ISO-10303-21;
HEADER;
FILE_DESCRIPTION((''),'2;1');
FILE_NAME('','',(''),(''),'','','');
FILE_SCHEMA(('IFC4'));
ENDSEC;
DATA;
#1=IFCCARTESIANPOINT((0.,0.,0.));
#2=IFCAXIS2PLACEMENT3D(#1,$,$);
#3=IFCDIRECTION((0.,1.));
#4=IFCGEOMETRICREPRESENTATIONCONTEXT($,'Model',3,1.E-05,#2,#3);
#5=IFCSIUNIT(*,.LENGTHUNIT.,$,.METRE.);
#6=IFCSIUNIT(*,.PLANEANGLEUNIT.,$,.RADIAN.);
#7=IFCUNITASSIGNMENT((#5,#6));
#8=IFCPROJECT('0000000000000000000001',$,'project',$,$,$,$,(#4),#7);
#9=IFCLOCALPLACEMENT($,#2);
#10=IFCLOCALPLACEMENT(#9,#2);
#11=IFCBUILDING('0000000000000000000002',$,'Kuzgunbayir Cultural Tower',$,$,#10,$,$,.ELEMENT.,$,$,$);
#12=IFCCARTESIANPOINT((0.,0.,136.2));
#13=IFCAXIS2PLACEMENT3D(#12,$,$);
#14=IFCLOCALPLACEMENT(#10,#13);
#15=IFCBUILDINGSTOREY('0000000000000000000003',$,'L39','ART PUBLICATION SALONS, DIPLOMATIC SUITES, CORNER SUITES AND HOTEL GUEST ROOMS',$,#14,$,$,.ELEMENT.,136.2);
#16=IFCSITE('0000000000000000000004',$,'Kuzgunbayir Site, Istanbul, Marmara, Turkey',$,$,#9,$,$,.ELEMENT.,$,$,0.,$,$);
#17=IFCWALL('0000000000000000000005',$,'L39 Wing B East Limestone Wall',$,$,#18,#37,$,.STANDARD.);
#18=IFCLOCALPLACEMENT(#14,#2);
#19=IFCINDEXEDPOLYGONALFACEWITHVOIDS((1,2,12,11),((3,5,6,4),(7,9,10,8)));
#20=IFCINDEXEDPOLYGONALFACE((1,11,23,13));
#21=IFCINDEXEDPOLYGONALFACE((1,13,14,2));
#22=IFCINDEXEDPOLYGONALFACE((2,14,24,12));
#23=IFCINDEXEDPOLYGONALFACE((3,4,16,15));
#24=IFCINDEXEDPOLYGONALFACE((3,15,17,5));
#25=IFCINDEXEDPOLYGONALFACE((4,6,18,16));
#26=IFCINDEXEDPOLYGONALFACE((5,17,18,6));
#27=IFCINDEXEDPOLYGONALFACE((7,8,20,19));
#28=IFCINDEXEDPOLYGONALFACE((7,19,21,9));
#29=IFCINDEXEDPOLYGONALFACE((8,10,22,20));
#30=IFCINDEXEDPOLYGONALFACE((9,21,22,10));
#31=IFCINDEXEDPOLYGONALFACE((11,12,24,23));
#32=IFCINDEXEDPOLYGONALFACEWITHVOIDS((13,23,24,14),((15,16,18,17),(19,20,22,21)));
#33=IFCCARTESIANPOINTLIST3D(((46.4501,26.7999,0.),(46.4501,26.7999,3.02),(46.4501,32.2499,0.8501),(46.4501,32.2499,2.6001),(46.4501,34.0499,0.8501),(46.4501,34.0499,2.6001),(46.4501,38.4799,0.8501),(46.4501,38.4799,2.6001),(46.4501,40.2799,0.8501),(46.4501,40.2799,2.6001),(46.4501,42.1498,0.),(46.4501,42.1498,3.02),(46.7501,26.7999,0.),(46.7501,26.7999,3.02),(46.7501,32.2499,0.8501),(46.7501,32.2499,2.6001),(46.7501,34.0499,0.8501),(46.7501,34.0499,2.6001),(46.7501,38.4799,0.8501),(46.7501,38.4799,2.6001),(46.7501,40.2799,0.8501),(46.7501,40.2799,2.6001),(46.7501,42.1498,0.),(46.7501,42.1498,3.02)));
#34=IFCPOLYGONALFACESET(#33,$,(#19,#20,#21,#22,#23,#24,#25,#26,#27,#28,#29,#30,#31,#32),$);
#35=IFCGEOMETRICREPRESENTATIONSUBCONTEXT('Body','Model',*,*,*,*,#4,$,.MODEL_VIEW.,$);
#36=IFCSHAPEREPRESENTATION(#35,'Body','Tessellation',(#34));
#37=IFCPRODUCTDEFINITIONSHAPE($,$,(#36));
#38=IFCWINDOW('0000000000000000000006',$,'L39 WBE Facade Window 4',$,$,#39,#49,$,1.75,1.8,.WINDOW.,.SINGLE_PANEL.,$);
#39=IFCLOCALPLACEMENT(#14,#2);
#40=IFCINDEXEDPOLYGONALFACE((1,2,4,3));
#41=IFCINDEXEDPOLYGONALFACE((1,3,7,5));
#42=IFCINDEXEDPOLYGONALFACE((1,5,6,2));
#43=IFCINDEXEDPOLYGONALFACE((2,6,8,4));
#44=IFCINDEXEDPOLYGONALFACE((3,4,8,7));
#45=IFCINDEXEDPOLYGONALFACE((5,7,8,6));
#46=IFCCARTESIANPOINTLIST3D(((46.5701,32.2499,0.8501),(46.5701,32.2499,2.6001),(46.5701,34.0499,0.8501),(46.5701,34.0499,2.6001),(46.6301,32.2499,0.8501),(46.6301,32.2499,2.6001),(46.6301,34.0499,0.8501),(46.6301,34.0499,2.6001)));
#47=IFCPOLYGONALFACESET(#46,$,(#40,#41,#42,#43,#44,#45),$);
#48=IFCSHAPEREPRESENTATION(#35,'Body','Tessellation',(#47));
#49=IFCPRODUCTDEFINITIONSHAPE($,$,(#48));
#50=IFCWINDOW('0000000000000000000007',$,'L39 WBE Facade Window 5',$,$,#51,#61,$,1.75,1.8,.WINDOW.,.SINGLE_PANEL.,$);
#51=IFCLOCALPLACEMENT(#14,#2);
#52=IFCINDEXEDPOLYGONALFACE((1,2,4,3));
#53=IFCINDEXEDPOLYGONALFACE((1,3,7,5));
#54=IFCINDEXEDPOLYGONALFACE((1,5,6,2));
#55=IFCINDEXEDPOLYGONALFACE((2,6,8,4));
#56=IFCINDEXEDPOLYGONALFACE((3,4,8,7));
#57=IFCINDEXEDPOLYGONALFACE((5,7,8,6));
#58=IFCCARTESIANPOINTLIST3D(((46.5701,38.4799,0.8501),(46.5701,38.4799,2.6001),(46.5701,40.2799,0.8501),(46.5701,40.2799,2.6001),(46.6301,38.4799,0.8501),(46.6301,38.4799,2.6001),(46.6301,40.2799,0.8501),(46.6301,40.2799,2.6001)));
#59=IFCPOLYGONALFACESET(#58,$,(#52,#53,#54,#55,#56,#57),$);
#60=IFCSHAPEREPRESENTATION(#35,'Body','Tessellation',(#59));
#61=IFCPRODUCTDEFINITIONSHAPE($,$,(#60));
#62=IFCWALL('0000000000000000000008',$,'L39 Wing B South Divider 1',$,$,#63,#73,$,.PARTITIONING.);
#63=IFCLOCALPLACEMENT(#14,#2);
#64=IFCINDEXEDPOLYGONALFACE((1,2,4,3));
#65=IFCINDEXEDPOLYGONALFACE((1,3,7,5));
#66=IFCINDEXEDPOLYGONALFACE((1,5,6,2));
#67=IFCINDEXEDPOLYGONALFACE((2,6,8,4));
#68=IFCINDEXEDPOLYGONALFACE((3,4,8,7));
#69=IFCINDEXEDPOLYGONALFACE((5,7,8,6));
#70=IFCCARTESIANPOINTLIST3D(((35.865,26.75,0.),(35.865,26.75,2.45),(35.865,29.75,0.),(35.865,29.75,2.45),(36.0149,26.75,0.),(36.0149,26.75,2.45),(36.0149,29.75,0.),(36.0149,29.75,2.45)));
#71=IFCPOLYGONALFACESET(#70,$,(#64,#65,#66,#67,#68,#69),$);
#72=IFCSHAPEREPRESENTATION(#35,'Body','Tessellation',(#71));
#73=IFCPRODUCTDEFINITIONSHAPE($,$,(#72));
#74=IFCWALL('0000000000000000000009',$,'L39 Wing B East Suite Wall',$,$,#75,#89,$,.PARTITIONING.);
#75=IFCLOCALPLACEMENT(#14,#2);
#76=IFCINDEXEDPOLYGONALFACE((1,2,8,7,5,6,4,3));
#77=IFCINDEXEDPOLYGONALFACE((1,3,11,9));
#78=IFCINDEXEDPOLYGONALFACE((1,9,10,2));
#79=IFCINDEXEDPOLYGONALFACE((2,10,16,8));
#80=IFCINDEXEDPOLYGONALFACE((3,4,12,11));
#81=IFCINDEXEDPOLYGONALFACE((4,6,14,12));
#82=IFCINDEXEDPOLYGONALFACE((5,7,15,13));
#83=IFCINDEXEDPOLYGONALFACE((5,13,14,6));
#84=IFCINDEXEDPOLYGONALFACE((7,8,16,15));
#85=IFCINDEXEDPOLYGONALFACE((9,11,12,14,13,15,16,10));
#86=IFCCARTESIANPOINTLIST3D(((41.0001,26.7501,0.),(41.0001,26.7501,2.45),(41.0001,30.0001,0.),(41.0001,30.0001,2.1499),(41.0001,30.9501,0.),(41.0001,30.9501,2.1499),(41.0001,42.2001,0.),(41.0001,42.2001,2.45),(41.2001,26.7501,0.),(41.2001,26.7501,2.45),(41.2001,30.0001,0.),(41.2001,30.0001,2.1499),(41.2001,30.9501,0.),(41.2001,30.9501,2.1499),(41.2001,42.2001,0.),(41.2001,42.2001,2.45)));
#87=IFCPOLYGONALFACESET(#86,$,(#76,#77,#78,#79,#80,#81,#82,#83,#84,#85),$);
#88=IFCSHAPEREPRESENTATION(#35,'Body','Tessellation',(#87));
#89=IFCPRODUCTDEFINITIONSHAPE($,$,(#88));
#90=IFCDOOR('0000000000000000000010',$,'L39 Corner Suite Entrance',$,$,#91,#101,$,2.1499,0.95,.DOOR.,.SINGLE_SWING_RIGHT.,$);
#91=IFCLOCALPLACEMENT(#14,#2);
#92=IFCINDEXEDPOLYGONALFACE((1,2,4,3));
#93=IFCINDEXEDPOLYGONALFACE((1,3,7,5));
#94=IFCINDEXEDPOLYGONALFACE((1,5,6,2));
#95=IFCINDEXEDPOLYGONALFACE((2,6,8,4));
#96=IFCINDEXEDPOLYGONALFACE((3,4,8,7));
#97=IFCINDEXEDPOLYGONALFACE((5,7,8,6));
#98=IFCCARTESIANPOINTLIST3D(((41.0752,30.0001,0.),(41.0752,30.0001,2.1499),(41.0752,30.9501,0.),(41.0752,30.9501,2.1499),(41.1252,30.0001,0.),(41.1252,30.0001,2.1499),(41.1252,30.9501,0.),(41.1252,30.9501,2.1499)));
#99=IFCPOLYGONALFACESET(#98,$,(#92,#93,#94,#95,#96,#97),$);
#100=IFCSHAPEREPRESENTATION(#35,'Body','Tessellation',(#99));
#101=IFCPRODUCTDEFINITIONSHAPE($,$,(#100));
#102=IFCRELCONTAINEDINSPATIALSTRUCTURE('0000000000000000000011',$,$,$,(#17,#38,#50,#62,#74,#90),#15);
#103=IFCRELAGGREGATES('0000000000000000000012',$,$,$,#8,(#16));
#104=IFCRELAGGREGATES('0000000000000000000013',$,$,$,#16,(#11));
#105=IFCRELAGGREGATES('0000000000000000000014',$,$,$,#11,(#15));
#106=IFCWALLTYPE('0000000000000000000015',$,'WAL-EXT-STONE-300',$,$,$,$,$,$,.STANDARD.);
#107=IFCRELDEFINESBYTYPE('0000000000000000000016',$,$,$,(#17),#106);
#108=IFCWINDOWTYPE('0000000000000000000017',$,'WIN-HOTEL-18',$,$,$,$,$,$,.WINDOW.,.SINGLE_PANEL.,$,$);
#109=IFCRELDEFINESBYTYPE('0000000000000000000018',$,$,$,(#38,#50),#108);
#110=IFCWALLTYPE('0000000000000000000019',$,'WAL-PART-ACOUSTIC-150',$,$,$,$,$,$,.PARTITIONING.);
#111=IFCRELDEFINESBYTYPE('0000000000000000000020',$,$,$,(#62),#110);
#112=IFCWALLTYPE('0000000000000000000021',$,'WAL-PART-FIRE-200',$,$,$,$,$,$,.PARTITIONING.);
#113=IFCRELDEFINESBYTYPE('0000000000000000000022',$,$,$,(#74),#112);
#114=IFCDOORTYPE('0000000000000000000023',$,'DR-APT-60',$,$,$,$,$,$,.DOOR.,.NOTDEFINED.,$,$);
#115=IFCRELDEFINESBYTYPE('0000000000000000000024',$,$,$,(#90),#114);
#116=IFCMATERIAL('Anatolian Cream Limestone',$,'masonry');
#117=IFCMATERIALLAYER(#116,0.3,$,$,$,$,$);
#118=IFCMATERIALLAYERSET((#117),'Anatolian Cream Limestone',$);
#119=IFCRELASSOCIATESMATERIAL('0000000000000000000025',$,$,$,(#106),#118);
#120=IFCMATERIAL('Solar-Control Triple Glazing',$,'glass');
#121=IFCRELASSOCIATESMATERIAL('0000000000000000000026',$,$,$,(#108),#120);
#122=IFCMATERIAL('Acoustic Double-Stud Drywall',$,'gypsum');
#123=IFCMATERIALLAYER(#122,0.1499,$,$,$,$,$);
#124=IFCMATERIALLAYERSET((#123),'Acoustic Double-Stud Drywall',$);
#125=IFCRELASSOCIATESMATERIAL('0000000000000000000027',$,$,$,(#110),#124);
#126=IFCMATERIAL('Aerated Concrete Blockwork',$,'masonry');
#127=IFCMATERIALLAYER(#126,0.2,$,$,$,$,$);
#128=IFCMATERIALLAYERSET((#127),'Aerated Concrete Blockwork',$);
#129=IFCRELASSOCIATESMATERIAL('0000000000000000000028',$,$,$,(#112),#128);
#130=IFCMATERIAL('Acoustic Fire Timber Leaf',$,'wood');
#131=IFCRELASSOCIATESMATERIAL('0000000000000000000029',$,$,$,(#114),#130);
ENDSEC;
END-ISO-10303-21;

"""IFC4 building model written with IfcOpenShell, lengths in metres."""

from ifc_helpers import new_model, si_unit, direction, frame, frame_2d, origin, place, context, subcontext, project, spatial, rectangle, extrude, material, layer, layer_set, type_object, element, fill, save


model = new_model("IFC4")

# Units and contexts
model_context = context("Model", 3, precision=1e-05, world=origin(), true_north=direction((0.0, 1.0)))
body_context = subcontext(model_context, "Body", "Model", "MODEL_VIEW")
ifc_project = project(units=[si_unit("LENGTHUNIT", "METRE"), si_unit("PLANEANGLEUNIT", "RADIAN")], contexts=[model_context])

# Site, building, storey
site_placement = place(None, origin())
site = spatial("IfcSite", under=ifc_project, at=site_placement, Name="Kuzgunbayir Site, Istanbul, Marmara, Turkey", CompositionType="ELEMENT", RefElevation=0.0)
building_placement = place(site_placement, origin())
building = spatial("IfcBuilding", under=site, at=building_placement, Name="Kuzgunbayir Cultural Tower", CompositionType="ELEMENT")
storey_placement = place(building_placement, frame((0.0, 0.0, 136.2)))
storey = spatial("IfcBuildingStorey", under=building, at=storey_placement, Name="L39", Description="ART PUBLICATION SALONS, DIPLOMATIC SUITES, CORNER SUITES AND HOTEL GUEST ROOMS", CompositionType="ELEMENT", Elevation=136.2)

# Wall, openings, windows
ifc_material_1 = material(Name="Anatolian Cream Limestone", Category="masonry")
ifc_layer_1 = layer(ifc_material_1, 0.3)
ifc_layer_set_1 = layer_set([ifc_layer_1], Name="Anatolian Cream Limestone")
wall_type_1 = type_object("IfcWallType", Name="WAL-EXT-STONE-300", PredefinedType="STANDARD", material=ifc_layer_set_1)
wall_1_placement = place(storey_placement, frame((46.6001, 26.8, 0.0), z_axis=(0.0, 0.0, 1.0), x_axis=(0.0, 1.0, 0.0)))
wall_1 = element("IfcWall", 1, at=wall_1_placement, inside=storey, type_object=wall_type_1, Name="L39 Wing B East Limestone Wall", PredefinedType="STANDARD", context=body_context, shape_type="SweptSolid", body=[
    extrude(rectangle(XDim=15.3499, YDim=0.3, at=frame_2d((7.6748, 0.0))), origin(), (0.0, 0.0, 1.0), 3.02),
])
opening_1_placement = place(wall_1_placement, frame((5.45, 0.0, 0.8501)))
opening_1 = element("IfcOpeningElement", 2, at=opening_1_placement, cuts=wall_1, PredefinedType="OPENING", context=body_context, shape_type="SweptSolid", body=[
    extrude(rectangle(XDim=1.8, YDim=1.75, at=frame_2d((0.8999, 0.875))), frame((0.0, 0.1602, 0.0), z_axis=(0.0, -1.0, 0.0), x_axis=(1.0, 0.0, 0.0)), (0.0, 0.0, 1.0), 0.3201),
])
opening_2_placement = place(wall_1_placement, frame((11.6799, 0.0, 0.8501)))
opening_2 = element("IfcOpeningElement", 3, at=opening_2_placement, cuts=wall_1, PredefinedType="OPENING", context=body_context, shape_type="SweptSolid", body=[
    extrude(rectangle(XDim=1.8, YDim=1.75, at=frame_2d((0.8999, 0.875))), frame((0.0, 0.1602, 0.0), z_axis=(0.0, -1.0, 0.0), x_axis=(1.0, 0.0, 0.0)), (0.0, 0.0, 1.0), 0.3201),
])
ifc_material_2 = material(Name="Solar-Control Triple Glazing", Category="glass")
window_type = type_object("IfcWindowType", Name="WIN-HOTEL-18", PartitioningType="SINGLE_PANEL", PredefinedType="WINDOW", material=ifc_material_2)
window_1_placement = place(opening_1_placement, origin())
window_1 = element("IfcWindow", 4, at=window_1_placement, inside=storey, type_object=window_type, Name="L39 WBE Facade Window 4", OverallHeight=1.75, OverallWidth=1.8, PartitioningType="SINGLE_PANEL", PredefinedType="WINDOW", context=body_context, shape_type="SweptSolid", body=[
    extrude(rectangle(XDim=1.8, YDim=1.75, at=frame_2d((0.8999, 0.875))), frame((0.0, 0.03, 0.0), z_axis=(0.0, -1.0, 0.0), x_axis=(1.0, 0.0, 0.0)), (0.0, 0.0, 1.0), 0.0601),
])
fill(opening_1, window_1)
window_2_placement = place(opening_2_placement, origin())
window_2 = element("IfcWindow", 5, at=window_2_placement, inside=storey, type_object=window_type, Name="L39 WBE Facade Window 5", OverallHeight=1.75, OverallWidth=1.8, PartitioningType="SINGLE_PANEL", PredefinedType="WINDOW", context=body_context, shape_type="SweptSolid", body=[
    extrude(rectangle(XDim=1.8, YDim=1.75, at=frame_2d((0.8999, 0.875))), frame((0.0, 0.03, 0.0), z_axis=(0.0, -1.0, 0.0), x_axis=(1.0, 0.0, 0.0)), (0.0, 0.0, 1.0), 0.0601),
])
fill(opening_2, window_2)

# Wall
ifc_material_3 = material(Name="Acoustic Double-Stud Drywall", Category="gypsum")
ifc_layer_2 = layer(ifc_material_3, 0.1499)
ifc_layer_set_2 = layer_set([ifc_layer_2], Name="Acoustic Double-Stud Drywall")
wall_type_2 = type_object("IfcWallType", Name="WAL-PART-ACOUSTIC-150", PredefinedType="PARTITIONING", material=ifc_layer_set_2)
wall_2_placement = place(storey_placement, frame((35.9399, 26.75, 0.0), z_axis=(0.0, 0.0, 1.0), x_axis=(0.0, 1.0, 0.0)))
element("IfcWall", 6, at=wall_2_placement, inside=storey, type_object=wall_type_2, Name="L39 Wing B South Divider 1", PredefinedType="PARTITIONING", context=body_context, shape_type="SweptSolid", body=[
    extrude(rectangle(XDim=3.0, YDim=0.1499, at=frame_2d((1.5, 0.0))), origin(), (0.0, 0.0, 1.0), 2.45),
])

# Wall, opening, door
ifc_material_4 = material(Name="Aerated Concrete Blockwork", Category="masonry")
ifc_layer_3 = layer(ifc_material_4, 0.2)
ifc_layer_set_3 = layer_set([ifc_layer_3], Name="Aerated Concrete Blockwork")
wall_type_3 = type_object("IfcWallType", Name="WAL-PART-FIRE-200", PredefinedType="PARTITIONING", material=ifc_layer_set_3)
wall_3_placement = place(storey_placement, frame((41.1001, 26.75, 0.0), z_axis=(0.0, 0.0, 1.0), x_axis=(0.0, 1.0, 0.0)))
wall_3 = element("IfcWall", 7, at=wall_3_placement, inside=storey, type_object=wall_type_3, Name="L39 Wing B East Suite Wall", PredefinedType="PARTITIONING", context=body_context, shape_type="SweptSolid", body=[
    extrude(rectangle(XDim=15.45, YDim=0.2, at=frame_2d((7.7251, 0.0))), origin(), (0.0, 0.0, 1.0), 2.45),
])
opening_3_placement = place(wall_3_placement, frame((3.25, 0.0, 0.0)))
opening_3 = element("IfcOpeningElement", 8, at=opening_3_placement, cuts=wall_3, PredefinedType="OPENING", context=body_context, shape_type="SweptSolid", body=[
    extrude(rectangle(XDim=0.95, YDim=2.1499, at=frame_2d((0.4751, 1.075))), frame((0.0, 0.1099, 0.0), z_axis=(0.0, -1.0, 0.0), x_axis=(1.0, 0.0, 0.0)), (0.0, 0.0, 1.0), 0.22),
])
ifc_material_5 = material(Name="Acoustic Fire Timber Leaf", Category="wood")
door_type_1 = type_object("IfcDoorType", Name="DR-APT-60", OperationType="NOTDEFINED", PredefinedType="DOOR", material=ifc_material_5)
door_1_placement = place(opening_3_placement, origin())
door_1 = element("IfcDoor", 9, at=door_1_placement, inside=storey, type_object=door_type_1, Name="L39 Corner Suite Entrance", OperationType="SINGLE_SWING_RIGHT", OverallHeight=2.1499, OverallWidth=0.95, PredefinedType="DOOR", context=body_context, shape_type="SweptSolid", body=[
    extrude(rectangle(XDim=0.95, YDim=2.1499, at=frame_2d((0.4751, 1.075))), frame((0.0, 0.0249, 0.0), z_axis=(0.0, -1.0, 0.0), x_axis=(1.0, 0.0, 0.0)), (0.0, 0.0, 1.0), 0.05),
])
fill(opening_3, door_1)

save(model, "model.ifc")
